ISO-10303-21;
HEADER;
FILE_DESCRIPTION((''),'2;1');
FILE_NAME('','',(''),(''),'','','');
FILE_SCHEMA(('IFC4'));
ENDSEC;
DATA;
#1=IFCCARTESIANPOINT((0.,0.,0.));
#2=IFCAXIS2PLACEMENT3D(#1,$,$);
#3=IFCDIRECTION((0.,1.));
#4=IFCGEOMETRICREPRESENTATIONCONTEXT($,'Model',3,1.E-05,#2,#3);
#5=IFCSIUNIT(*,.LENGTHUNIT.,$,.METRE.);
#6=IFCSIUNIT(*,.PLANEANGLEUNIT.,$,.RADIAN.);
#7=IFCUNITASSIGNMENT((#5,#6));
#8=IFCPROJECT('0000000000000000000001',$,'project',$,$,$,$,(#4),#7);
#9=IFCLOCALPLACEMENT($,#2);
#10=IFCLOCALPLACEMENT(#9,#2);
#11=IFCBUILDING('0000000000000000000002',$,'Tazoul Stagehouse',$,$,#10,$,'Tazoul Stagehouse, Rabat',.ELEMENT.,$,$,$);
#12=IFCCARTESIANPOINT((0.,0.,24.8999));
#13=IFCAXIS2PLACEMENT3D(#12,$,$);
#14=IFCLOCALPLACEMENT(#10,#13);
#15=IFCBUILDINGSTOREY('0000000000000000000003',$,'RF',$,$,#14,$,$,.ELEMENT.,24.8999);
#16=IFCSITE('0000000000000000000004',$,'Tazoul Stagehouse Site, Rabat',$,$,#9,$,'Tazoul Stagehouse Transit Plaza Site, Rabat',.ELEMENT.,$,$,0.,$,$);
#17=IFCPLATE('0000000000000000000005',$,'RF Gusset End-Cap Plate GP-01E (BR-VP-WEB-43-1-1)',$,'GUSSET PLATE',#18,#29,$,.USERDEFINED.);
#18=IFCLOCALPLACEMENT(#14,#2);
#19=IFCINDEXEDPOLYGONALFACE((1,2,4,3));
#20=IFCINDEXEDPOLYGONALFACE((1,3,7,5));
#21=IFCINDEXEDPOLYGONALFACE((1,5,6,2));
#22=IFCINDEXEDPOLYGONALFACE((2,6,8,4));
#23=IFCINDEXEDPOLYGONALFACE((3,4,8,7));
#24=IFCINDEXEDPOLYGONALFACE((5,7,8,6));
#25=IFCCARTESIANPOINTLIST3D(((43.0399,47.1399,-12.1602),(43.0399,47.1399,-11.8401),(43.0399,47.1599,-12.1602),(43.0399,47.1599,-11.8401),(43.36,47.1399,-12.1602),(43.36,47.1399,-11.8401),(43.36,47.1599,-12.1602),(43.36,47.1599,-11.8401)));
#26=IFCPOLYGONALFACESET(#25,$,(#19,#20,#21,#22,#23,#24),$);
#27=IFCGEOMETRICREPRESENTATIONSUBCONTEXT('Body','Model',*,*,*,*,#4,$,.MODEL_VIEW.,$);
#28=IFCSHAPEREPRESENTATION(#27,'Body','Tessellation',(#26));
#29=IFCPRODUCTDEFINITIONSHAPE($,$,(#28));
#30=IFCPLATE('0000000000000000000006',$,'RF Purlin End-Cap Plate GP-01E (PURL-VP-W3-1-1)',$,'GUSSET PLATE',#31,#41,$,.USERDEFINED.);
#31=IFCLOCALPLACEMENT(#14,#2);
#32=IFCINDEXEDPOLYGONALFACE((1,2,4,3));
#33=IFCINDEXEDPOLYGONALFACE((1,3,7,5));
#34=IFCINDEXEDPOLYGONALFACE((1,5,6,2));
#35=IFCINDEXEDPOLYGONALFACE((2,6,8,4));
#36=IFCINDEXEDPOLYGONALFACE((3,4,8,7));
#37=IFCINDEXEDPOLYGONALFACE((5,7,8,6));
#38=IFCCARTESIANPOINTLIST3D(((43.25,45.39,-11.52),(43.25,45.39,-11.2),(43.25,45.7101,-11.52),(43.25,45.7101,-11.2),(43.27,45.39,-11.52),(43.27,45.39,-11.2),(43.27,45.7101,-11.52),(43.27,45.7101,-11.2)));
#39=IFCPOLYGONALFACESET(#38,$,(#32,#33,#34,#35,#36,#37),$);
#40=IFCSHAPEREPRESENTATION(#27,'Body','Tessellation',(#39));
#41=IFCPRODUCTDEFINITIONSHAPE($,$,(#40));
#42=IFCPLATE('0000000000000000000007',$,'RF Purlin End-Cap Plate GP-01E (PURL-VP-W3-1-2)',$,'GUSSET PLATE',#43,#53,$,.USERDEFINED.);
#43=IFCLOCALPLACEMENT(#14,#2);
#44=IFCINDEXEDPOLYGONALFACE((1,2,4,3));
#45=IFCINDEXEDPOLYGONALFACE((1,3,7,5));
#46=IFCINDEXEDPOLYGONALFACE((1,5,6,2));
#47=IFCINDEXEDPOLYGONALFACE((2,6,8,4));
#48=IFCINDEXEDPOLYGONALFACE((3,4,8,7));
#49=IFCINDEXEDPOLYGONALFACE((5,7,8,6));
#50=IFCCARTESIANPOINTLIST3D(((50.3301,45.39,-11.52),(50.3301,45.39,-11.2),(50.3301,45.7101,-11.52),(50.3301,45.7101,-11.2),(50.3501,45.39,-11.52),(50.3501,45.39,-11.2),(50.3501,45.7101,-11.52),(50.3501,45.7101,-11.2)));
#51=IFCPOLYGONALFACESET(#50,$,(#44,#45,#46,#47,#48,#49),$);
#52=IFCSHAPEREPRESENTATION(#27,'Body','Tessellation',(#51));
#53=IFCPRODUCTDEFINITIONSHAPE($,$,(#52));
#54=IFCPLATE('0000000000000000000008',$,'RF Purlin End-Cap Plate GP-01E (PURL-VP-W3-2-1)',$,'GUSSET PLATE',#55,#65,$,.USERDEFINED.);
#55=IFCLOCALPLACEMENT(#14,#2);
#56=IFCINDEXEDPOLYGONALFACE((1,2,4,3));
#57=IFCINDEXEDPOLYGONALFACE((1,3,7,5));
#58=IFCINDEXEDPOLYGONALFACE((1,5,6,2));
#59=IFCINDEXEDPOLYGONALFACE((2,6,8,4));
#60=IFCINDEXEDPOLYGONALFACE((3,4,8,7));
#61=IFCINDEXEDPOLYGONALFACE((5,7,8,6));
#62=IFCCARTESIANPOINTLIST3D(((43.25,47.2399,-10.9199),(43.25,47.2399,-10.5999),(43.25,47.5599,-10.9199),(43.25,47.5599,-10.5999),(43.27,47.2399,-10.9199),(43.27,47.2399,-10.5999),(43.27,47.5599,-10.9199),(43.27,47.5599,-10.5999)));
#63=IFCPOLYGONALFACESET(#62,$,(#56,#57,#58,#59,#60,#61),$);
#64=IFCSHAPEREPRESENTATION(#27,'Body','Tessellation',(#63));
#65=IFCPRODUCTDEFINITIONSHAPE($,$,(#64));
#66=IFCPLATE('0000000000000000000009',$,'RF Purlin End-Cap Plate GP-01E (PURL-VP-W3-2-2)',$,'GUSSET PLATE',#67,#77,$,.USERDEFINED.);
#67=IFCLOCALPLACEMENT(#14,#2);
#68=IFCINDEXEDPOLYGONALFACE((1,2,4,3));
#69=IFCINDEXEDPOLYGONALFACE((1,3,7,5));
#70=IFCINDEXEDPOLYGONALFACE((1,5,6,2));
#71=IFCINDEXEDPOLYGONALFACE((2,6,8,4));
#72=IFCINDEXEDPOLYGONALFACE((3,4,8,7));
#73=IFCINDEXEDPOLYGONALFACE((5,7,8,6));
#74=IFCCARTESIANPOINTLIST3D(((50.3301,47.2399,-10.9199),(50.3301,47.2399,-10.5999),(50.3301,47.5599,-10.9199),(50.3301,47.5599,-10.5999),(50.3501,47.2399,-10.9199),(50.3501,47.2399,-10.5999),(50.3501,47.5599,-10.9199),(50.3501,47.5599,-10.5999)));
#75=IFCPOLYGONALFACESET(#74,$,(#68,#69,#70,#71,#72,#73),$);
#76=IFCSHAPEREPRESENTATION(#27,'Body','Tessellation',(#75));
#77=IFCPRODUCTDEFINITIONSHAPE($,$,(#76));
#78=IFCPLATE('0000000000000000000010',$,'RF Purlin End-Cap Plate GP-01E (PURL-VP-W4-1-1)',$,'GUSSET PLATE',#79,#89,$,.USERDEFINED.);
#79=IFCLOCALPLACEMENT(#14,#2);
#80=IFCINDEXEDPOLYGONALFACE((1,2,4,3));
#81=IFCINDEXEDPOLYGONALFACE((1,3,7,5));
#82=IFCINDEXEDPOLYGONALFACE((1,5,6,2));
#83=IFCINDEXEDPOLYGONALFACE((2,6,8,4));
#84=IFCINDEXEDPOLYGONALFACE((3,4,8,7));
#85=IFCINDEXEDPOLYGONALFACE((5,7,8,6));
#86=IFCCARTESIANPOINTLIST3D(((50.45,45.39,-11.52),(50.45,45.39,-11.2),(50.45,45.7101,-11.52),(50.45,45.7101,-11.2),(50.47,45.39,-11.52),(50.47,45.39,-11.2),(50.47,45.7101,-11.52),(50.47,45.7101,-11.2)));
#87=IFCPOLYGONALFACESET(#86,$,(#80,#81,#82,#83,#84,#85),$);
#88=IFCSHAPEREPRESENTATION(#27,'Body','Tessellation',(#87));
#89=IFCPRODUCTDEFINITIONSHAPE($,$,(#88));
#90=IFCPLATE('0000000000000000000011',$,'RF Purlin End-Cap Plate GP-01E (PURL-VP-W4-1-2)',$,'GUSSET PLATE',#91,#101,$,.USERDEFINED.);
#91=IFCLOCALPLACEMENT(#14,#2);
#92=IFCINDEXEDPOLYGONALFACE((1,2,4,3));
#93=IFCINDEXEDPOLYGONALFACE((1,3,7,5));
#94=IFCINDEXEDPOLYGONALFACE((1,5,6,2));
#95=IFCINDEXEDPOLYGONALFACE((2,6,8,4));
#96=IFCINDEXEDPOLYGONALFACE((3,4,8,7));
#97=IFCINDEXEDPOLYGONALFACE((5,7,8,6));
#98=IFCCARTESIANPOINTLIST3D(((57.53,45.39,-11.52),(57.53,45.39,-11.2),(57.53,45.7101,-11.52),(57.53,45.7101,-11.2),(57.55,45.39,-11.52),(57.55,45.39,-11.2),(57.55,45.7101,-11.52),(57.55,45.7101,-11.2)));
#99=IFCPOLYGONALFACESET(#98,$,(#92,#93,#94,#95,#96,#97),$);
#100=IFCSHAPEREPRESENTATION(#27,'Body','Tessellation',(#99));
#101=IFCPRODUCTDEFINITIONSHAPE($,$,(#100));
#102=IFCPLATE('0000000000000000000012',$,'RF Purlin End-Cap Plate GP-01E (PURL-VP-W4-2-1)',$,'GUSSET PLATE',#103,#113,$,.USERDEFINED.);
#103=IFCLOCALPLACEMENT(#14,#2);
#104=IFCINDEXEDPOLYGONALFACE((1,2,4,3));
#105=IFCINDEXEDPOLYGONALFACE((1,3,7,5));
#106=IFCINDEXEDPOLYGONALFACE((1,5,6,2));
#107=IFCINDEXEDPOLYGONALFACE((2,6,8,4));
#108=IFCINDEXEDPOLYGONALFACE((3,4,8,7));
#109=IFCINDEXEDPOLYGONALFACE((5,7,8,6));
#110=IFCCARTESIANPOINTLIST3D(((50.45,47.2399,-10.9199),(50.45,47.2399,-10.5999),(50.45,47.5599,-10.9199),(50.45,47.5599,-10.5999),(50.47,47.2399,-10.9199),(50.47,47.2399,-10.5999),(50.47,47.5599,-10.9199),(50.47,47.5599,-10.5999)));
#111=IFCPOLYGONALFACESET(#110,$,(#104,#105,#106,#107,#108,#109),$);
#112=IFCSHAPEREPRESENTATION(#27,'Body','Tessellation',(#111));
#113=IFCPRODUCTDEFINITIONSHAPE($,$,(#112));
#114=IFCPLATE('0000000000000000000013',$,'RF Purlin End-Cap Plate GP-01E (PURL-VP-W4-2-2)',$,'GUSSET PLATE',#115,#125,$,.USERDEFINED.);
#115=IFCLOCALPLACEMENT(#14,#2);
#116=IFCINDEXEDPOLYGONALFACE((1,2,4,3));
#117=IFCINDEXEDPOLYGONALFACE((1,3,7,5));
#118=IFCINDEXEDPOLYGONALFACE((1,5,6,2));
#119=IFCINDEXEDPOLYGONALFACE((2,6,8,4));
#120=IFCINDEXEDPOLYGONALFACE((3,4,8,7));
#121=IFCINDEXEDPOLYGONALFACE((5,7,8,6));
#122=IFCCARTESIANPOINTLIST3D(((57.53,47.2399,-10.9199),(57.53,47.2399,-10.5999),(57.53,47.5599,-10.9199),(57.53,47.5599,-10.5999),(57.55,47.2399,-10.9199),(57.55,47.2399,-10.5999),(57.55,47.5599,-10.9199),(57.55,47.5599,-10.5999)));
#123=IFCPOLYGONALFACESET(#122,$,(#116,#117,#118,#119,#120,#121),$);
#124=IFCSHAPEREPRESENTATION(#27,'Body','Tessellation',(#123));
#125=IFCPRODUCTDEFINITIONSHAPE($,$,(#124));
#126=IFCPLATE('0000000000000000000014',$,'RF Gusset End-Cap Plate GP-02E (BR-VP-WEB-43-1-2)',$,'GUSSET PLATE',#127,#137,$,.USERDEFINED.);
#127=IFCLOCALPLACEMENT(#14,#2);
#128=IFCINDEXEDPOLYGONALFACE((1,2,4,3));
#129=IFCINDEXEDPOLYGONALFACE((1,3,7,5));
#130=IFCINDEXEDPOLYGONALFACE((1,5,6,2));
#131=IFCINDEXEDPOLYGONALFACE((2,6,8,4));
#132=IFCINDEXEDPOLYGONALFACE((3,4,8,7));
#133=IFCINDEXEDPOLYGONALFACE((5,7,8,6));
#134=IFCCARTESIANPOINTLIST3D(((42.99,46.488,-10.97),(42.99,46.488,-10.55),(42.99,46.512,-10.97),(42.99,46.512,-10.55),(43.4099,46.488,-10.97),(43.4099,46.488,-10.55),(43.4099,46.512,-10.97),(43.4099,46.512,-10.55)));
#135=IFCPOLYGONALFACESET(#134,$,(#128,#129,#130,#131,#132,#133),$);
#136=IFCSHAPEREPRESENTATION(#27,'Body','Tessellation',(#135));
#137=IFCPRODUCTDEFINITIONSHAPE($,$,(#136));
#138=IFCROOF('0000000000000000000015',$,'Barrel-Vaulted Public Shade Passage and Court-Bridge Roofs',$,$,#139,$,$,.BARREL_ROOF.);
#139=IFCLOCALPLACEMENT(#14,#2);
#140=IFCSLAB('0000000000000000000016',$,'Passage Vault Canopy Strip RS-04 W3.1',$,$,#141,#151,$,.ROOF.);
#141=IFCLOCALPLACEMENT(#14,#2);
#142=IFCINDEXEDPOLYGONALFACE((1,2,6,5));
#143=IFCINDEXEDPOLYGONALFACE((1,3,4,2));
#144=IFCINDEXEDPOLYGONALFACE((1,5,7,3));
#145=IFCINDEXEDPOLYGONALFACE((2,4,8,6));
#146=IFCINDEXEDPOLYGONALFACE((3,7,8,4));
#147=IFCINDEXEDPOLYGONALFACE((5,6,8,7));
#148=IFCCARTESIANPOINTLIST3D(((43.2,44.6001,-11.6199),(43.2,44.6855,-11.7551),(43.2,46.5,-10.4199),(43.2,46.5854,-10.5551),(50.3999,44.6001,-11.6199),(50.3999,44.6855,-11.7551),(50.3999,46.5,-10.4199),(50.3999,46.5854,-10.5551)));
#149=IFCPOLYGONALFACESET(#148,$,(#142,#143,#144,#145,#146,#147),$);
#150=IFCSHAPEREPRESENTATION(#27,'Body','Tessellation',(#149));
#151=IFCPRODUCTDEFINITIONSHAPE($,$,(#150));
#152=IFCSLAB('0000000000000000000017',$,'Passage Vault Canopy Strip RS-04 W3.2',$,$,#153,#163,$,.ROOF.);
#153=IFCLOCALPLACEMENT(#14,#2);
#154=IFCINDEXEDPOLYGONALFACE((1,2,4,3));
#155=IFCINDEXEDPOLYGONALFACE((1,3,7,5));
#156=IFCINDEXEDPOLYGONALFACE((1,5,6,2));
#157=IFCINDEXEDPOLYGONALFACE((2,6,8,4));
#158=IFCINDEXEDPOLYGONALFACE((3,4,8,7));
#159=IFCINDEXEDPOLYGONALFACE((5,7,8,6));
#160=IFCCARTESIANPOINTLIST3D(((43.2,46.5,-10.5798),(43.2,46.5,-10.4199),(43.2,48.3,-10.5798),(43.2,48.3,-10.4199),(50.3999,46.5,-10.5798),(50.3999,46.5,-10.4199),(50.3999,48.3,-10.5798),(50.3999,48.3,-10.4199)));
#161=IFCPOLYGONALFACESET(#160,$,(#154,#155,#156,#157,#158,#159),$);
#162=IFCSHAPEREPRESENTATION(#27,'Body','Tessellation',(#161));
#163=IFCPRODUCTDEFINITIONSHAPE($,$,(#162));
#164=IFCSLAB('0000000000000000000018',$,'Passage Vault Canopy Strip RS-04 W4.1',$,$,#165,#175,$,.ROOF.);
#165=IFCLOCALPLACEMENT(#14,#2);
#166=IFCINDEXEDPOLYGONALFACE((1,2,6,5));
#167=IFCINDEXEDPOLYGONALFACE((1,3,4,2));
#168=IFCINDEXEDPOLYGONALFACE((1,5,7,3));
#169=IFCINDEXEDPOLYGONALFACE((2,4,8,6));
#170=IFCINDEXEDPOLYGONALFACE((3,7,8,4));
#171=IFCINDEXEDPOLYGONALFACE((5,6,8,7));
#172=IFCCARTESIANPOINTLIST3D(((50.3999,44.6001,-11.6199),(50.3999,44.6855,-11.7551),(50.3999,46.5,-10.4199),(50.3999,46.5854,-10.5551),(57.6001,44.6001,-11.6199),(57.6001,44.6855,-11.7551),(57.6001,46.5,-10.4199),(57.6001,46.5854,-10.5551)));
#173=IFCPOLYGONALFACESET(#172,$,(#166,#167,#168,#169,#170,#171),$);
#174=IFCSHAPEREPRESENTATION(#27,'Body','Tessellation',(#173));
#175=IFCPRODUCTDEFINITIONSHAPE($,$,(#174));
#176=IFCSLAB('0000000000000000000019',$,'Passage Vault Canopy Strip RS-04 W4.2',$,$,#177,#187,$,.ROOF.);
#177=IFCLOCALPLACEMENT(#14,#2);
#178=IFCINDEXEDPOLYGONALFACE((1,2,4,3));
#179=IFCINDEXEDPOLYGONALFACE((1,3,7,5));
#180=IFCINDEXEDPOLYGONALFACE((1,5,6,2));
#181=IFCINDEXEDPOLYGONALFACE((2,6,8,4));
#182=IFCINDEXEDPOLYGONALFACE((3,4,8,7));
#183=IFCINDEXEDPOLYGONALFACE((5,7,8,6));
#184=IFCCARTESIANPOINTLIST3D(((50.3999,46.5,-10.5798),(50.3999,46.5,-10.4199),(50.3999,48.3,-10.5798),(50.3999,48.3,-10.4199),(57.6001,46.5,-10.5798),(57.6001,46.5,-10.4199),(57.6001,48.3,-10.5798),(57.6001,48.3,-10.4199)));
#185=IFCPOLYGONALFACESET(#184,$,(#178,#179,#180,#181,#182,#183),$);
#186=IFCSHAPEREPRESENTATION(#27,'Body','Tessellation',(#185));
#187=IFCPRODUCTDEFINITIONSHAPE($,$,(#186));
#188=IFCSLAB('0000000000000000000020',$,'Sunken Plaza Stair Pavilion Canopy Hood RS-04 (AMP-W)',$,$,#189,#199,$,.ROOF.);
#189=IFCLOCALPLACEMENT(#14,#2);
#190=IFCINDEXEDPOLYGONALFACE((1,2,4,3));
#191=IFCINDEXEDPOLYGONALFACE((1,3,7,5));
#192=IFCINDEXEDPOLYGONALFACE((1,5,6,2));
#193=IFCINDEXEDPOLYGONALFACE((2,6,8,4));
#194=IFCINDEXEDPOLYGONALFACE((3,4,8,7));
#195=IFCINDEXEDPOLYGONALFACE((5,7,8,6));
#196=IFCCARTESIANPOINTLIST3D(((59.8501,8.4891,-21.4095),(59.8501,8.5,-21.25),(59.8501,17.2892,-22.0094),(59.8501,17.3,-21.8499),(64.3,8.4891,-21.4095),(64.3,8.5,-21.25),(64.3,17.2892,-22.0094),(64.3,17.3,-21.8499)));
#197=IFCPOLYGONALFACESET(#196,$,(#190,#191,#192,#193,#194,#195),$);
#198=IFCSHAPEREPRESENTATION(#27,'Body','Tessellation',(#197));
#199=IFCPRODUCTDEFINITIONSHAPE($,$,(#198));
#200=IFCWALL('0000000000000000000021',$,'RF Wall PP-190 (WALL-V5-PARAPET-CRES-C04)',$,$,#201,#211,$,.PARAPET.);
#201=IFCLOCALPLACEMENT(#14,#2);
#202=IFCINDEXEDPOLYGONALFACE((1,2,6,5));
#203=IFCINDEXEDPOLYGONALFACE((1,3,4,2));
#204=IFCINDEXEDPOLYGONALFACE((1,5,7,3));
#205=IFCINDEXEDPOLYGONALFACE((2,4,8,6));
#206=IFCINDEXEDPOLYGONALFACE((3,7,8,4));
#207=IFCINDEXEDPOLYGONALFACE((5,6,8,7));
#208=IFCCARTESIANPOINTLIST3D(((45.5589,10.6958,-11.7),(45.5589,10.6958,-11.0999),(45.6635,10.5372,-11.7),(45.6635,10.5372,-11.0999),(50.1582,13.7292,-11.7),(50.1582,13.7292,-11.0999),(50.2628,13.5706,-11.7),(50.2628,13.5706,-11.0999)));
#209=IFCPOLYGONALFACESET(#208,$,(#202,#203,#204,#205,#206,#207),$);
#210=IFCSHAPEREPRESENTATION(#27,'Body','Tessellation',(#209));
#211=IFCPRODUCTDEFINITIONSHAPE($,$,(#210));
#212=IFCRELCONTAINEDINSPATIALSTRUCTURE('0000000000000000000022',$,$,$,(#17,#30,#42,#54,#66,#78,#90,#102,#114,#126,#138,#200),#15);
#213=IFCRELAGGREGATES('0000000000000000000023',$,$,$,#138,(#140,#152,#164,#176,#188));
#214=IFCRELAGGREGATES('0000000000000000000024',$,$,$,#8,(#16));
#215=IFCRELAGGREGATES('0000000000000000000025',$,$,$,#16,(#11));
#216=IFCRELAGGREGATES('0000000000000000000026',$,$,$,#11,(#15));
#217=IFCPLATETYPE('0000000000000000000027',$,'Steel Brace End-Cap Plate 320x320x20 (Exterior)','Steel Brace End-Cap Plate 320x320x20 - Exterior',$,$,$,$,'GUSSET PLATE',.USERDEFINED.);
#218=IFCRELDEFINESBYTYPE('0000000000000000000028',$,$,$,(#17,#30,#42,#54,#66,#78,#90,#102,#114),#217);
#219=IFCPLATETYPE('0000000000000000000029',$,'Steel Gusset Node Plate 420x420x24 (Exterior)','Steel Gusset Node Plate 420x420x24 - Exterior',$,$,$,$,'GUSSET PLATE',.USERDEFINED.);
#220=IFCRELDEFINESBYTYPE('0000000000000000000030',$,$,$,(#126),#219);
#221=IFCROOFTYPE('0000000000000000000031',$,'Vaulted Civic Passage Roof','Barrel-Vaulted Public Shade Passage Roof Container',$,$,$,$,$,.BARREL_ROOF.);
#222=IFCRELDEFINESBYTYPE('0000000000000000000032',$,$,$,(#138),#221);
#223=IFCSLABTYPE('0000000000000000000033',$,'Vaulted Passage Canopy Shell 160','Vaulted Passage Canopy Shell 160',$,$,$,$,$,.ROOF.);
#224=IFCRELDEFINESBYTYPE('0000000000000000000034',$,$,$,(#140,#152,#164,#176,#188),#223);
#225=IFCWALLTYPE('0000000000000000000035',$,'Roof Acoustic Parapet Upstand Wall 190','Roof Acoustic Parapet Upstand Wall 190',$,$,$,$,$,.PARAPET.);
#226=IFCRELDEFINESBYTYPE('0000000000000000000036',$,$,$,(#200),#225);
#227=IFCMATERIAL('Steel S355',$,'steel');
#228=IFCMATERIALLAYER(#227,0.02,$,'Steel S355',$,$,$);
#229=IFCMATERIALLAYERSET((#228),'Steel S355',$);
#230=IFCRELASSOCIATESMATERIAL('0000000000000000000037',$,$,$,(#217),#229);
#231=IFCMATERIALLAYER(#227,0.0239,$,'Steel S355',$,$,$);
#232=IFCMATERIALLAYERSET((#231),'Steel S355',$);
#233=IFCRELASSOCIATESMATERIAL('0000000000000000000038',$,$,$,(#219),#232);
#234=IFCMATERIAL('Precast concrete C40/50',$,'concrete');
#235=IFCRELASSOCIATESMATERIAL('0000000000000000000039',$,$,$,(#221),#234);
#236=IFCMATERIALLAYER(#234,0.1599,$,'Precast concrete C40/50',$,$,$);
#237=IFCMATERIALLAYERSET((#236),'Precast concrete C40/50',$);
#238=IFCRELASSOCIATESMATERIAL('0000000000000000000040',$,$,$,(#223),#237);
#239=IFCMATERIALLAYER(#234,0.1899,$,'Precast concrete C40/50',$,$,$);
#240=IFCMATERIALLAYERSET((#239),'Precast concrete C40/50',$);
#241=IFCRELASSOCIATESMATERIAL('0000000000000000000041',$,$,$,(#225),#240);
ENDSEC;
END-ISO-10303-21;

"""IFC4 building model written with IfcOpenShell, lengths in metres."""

from ifc_helpers import new_model, si_unit, direction, frame, frame_2d, origin, origin_2d, place, context, subcontext, project, spatial, polyline, rectangle, outline, extrude, material, layer, layer_set, type_object, element, aggregate, save


model = new_model("IFC4")

# Units and contexts
model_context = context("Model", 3, precision=1e-05, world=origin(), true_north=direction((0.0, 1.0)))
body_context = subcontext(model_context, "Body", "Model", "MODEL_VIEW")
ifc_project = project(units=[si_unit("LENGTHUNIT", "METRE"), si_unit("PLANEANGLEUNIT", "RADIAN")], contexts=[model_context])

# Site, building, storey
site_placement = place(None, origin())
site = spatial("IfcSite", under=ifc_project, at=site_placement, Name="Tazoul Stagehouse Site, Rabat", LongName="Tazoul Stagehouse Transit Plaza Site, Rabat", CompositionType="ELEMENT", RefElevation=0.0)
building_placement = place(site_placement, origin())
building = spatial("IfcBuilding", under=site, at=building_placement, Name="Tazoul Stagehouse", LongName="Tazoul Stagehouse, Rabat", CompositionType="ELEMENT")
storey_placement = place(building_placement, frame((0.0, 0.0, 24.8999)))
storey = spatial("IfcBuildingStorey", under=building, at=storey_placement, Name="RF", CompositionType="ELEMENT", Elevation=24.8999)

# Shared definitions
ifc_material_1 = material(Name="Steel S355", Category="steel")

# Plates
ifc_layer_1 = layer(ifc_material_1, 0.02, Name="Steel S355")
ifc_layer_set_1 = layer_set([ifc_layer_1], Name="Steel S355")
plate_type_1 = type_object("IfcPlateType", Name="Steel Brace End-Cap Plate 320x320x20 (Exterior)", Description="Steel Brace End-Cap Plate 320x320x20 - Exterior", ElementType="GUSSET PLATE", PredefinedType="USERDEFINED", material=ifc_layer_set_1)
for number, where, z_axis, x_axis, name in (
    (1, (43.2, 47.1499, -12.1602), (0.0, 0.0, 1.0), (0.0, -1.0, 0.0), "RF Gusset End-Cap Plate GP-01E (BR-VP-WEB-43-1-1)"),
    (2, (43.26, 45.55, -11.52), (0.0, 0.0, 1.0), (1.0, 0.0, 0.0), "RF Purlin End-Cap Plate GP-01E (PURL-VP-W3-1-1)"),
    (3, (50.3401, 45.55, -11.52), (0.0, 0.0, 1.0), (1.0, 0.0, 0.0), "RF Purlin End-Cap Plate GP-01E (PURL-VP-W3-1-2)"),
    (4, (43.26, 47.3999, -10.9199), (0.0, 0.0, 1.0), (1.0, 0.0, 0.0), "RF Purlin End-Cap Plate GP-01E (PURL-VP-W3-2-1)"),
    (5, (50.3401, 47.3999, -10.9199), (0.0, 0.0, 1.0), (1.0, 0.0, 0.0), "RF Purlin End-Cap Plate GP-01E (PURL-VP-W3-2-2)"),
    (6, (50.46, 45.55, -11.52), (0.0, 0.0, 1.0), (1.0, 0.0, 0.0), "RF Purlin End-Cap Plate GP-01E (PURL-VP-W4-1-1)"),
    (7, (57.54, 45.55, -11.52), (0.0, 0.0, 1.0), (1.0, 0.0, 0.0), "RF Purlin End-Cap Plate GP-01E (PURL-VP-W4-1-2)"),
    (8, (50.46, 47.3999, -10.9199), (0.0, 0.0, 1.0), (1.0, 0.0, 0.0), "RF Purlin End-Cap Plate GP-01E (PURL-VP-W4-2-1)"),
    (9, (57.54, 47.3999, -10.9199), (0.0, 0.0, 1.0), (1.0, 0.0, 0.0), "RF Purlin End-Cap Plate GP-01E (PURL-VP-W4-2-2)"),
):
    element("IfcPlate", number, at=place(storey_placement, frame(where, z_axis=z_axis, x_axis=x_axis)), inside=storey, type_object=plate_type_1, Name=name, ObjectType="GUSSET PLATE", PredefinedType="USERDEFINED", context=body_context, shape_type="SweptSolid", body=[
        extrude(rectangle(XDim=0.02, YDim=0.3201, at=origin_2d()), origin(), (0.0, 0.0, 1.0), 0.3201),
    ])
ifc_layer_2 = layer(ifc_material_1, 0.0239, Name="Steel S355")
ifc_layer_set_2 = layer_set([ifc_layer_2], Name="Steel S355")
plate_type_2 = type_object("IfcPlateType", Name="Steel Gusset Node Plate 420x420x24 (Exterior)", Description="Steel Gusset Node Plate 420x420x24 - Exterior", ElementType="GUSSET PLATE", PredefinedType="USERDEFINED", material=ifc_layer_set_2)
plate_placement = place(storey_placement, frame((43.2, 46.5, -10.97), z_axis=(0.0, 0.0, 1.0), x_axis=(0.0, -1.0, 0.0)))
element("IfcPlate", 10, at=plate_placement, inside=storey, type_object=plate_type_2, Name="RF Gusset End-Cap Plate GP-02E (BR-VP-WEB-43-1-2)", ObjectType="GUSSET PLATE", PredefinedType="USERDEFINED", context=body_context, shape_type="SweptSolid", body=[
    extrude(rectangle(XDim=0.0239, YDim=0.4199, at=origin_2d()), origin(), (0.0, 0.0, 1.0), 0.4199),
])

# Roof, slabs
ifc_material_2 = material(Name="Precast concrete C40/50", Category="concrete")
roof_type = type_object("IfcRoofType", Name="Vaulted Civic Passage Roof", Description="Barrel-Vaulted Public Shade Passage Roof Container", PredefinedType="BARREL_ROOF", material=ifc_material_2)
roof_placement = place(storey_placement, origin())
roof = element("IfcRoof", 11, at=roof_placement, inside=storey, type_object=roof_type, Name="Barrel-Vaulted Public Shade Passage and Court-Bridge Roofs", PredefinedType="BARREL_ROOF")
ifc_layer_3 = layer(ifc_material_2, 0.1599, Name="Precast concrete C40/50")
ifc_layer_set_3 = layer_set([ifc_layer_3], Name="Precast concrete C40/50")
slab_type = type_object("IfcSlabType", Name="Vaulted Passage Canopy Shell 160", Description="Vaulted Passage Canopy Shell 160", PredefinedType="ROOF", material=ifc_layer_set_3)
slab_1_placement = place(storey_placement, frame((43.2, 44.6001, -11.6199), z_axis=(0.0, -0.533997, 0.845486), x_axis=(1.0, 0.0, 0.0)))
slab_1 = element("IfcSlab", 12, at=slab_1_placement, type_object=slab_type, Name="Passage Vault Canopy Strip RS-04 W3.1", PredefinedType="ROOF", context=body_context, shape_type="SweptSolid", body=[
    extrude(outline(polyline([(0.0, 0.0), (7.2, 0.0), (7.2, 2.2471), (0.0, 2.2471), (0.0, 0.0)])), origin(), (0.0, 0.0, -1.0), 0.1599),
])
slab_2_placement = place(storey_placement, frame((43.2, 46.5, -10.4199), z_axis=(0.0, 0.0, 1.0), x_axis=(1.0, 0.0, 0.0)))
slab_2 = element("IfcSlab", 13, at=slab_2_placement, type_object=slab_type, Name="Passage Vault Canopy Strip RS-04 W3.2", PredefinedType="ROOF", context=body_context, shape_type="SweptSolid", body=[
    extrude(outline(polyline([(0.0, 0.0), (7.2, 0.0), (7.2, 1.8), (0.0, 1.8), (0.0, 0.0)])), origin(), (0.0, 0.0, -1.0), 0.1599),
])
slab_3_placement = place(storey_placement, frame((50.3999, 44.6001, -11.6199), z_axis=(0.0, -0.533997, 0.845486), x_axis=(1.0, 0.0, 0.0)))
slab_3 = element("IfcSlab", 14, at=slab_3_placement, type_object=slab_type, Name="Passage Vault Canopy Strip RS-04 W4.1", PredefinedType="ROOF", context=body_context, shape_type="SweptSolid", body=[
    extrude(outline(polyline([(0.0, 0.0), (7.2002, 0.0), (7.2002, 2.2471), (0.0, 2.2471), (0.0, 0.0)])), origin(), (0.0, 0.0, -1.0), 0.1599),
])
slab_4_placement = place(storey_placement, frame((50.3999, 46.5, -10.4199), z_axis=(0.0, 0.0, 1.0), x_axis=(1.0, 0.0, 0.0)))
slab_4 = element("IfcSlab", 15, at=slab_4_placement, type_object=slab_type, Name="Passage Vault Canopy Strip RS-04 W4.2", PredefinedType="ROOF", context=body_context, shape_type="SweptSolid", body=[
    extrude(outline(polyline([(0.0, 0.0), (7.2002, 0.0), (7.2002, 1.8), (0.0, 1.8), (0.0, 0.0)])), origin(), (0.0, 0.0, -1.0), 0.1599),
])
slab_5_placement = place(storey_placement, frame((59.8501, 8.5, -21.25), z_axis=(0.0, 0.068007, 0.997685), x_axis=(1.0, 0.0, 0.0)))
slab_5 = element("IfcSlab", 16, at=slab_5_placement, type_object=slab_type, Name="Sunken Plaza Stair Pavilion Canopy Hood RS-04 (AMP-W)", PredefinedType="ROOF", context=body_context, shape_type="SweptSolid", body=[
    extrude(outline(polyline([(0.0, 0.0), (4.45, 0.0), (4.45, 8.8205), (0.0, 8.8205), (0.0, 0.0)])), origin(), (0.0, 0.0, -1.0), 0.1599),
])
aggregate(roof, [slab_1, slab_2, slab_3, slab_4, slab_5])

# Wall
ifc_layer_4 = layer(ifc_material_2, 0.1899, Name="Precast concrete C40/50")
ifc_layer_set_4 = layer_set([ifc_layer_4], Name="Precast concrete C40/50")
wall_type = type_object("IfcWallType", Name="Roof Acoustic Parapet Upstand Wall 190", Description="Roof Acoustic Parapet Upstand Wall 190", PredefinedType="PARAPET", material=ifc_layer_set_4)
wall_1_placement = place(storey_placement, frame((45.6111, 10.6165, -11.7), z_axis=(0.0, 0.0, 1.0), x_axis=(0.834787, 0.550572, 0.0)))
element("IfcWall", 17, at=wall_1_placement, inside=storey, type_object=wall_type, Name="RF Wall PP-190 (WALL-V5-PARAPET-CRES-C04)", PredefinedType="PARAPET", context=body_context, shape_type="SweptSolid", body=[
    extrude(rectangle(XDim=5.5095, YDim=0.1899, at=frame_2d((2.7549, 0.0))), origin(), (0.0, 0.0, 1.0), 0.6001),
])

save(model, "model.ifc")
